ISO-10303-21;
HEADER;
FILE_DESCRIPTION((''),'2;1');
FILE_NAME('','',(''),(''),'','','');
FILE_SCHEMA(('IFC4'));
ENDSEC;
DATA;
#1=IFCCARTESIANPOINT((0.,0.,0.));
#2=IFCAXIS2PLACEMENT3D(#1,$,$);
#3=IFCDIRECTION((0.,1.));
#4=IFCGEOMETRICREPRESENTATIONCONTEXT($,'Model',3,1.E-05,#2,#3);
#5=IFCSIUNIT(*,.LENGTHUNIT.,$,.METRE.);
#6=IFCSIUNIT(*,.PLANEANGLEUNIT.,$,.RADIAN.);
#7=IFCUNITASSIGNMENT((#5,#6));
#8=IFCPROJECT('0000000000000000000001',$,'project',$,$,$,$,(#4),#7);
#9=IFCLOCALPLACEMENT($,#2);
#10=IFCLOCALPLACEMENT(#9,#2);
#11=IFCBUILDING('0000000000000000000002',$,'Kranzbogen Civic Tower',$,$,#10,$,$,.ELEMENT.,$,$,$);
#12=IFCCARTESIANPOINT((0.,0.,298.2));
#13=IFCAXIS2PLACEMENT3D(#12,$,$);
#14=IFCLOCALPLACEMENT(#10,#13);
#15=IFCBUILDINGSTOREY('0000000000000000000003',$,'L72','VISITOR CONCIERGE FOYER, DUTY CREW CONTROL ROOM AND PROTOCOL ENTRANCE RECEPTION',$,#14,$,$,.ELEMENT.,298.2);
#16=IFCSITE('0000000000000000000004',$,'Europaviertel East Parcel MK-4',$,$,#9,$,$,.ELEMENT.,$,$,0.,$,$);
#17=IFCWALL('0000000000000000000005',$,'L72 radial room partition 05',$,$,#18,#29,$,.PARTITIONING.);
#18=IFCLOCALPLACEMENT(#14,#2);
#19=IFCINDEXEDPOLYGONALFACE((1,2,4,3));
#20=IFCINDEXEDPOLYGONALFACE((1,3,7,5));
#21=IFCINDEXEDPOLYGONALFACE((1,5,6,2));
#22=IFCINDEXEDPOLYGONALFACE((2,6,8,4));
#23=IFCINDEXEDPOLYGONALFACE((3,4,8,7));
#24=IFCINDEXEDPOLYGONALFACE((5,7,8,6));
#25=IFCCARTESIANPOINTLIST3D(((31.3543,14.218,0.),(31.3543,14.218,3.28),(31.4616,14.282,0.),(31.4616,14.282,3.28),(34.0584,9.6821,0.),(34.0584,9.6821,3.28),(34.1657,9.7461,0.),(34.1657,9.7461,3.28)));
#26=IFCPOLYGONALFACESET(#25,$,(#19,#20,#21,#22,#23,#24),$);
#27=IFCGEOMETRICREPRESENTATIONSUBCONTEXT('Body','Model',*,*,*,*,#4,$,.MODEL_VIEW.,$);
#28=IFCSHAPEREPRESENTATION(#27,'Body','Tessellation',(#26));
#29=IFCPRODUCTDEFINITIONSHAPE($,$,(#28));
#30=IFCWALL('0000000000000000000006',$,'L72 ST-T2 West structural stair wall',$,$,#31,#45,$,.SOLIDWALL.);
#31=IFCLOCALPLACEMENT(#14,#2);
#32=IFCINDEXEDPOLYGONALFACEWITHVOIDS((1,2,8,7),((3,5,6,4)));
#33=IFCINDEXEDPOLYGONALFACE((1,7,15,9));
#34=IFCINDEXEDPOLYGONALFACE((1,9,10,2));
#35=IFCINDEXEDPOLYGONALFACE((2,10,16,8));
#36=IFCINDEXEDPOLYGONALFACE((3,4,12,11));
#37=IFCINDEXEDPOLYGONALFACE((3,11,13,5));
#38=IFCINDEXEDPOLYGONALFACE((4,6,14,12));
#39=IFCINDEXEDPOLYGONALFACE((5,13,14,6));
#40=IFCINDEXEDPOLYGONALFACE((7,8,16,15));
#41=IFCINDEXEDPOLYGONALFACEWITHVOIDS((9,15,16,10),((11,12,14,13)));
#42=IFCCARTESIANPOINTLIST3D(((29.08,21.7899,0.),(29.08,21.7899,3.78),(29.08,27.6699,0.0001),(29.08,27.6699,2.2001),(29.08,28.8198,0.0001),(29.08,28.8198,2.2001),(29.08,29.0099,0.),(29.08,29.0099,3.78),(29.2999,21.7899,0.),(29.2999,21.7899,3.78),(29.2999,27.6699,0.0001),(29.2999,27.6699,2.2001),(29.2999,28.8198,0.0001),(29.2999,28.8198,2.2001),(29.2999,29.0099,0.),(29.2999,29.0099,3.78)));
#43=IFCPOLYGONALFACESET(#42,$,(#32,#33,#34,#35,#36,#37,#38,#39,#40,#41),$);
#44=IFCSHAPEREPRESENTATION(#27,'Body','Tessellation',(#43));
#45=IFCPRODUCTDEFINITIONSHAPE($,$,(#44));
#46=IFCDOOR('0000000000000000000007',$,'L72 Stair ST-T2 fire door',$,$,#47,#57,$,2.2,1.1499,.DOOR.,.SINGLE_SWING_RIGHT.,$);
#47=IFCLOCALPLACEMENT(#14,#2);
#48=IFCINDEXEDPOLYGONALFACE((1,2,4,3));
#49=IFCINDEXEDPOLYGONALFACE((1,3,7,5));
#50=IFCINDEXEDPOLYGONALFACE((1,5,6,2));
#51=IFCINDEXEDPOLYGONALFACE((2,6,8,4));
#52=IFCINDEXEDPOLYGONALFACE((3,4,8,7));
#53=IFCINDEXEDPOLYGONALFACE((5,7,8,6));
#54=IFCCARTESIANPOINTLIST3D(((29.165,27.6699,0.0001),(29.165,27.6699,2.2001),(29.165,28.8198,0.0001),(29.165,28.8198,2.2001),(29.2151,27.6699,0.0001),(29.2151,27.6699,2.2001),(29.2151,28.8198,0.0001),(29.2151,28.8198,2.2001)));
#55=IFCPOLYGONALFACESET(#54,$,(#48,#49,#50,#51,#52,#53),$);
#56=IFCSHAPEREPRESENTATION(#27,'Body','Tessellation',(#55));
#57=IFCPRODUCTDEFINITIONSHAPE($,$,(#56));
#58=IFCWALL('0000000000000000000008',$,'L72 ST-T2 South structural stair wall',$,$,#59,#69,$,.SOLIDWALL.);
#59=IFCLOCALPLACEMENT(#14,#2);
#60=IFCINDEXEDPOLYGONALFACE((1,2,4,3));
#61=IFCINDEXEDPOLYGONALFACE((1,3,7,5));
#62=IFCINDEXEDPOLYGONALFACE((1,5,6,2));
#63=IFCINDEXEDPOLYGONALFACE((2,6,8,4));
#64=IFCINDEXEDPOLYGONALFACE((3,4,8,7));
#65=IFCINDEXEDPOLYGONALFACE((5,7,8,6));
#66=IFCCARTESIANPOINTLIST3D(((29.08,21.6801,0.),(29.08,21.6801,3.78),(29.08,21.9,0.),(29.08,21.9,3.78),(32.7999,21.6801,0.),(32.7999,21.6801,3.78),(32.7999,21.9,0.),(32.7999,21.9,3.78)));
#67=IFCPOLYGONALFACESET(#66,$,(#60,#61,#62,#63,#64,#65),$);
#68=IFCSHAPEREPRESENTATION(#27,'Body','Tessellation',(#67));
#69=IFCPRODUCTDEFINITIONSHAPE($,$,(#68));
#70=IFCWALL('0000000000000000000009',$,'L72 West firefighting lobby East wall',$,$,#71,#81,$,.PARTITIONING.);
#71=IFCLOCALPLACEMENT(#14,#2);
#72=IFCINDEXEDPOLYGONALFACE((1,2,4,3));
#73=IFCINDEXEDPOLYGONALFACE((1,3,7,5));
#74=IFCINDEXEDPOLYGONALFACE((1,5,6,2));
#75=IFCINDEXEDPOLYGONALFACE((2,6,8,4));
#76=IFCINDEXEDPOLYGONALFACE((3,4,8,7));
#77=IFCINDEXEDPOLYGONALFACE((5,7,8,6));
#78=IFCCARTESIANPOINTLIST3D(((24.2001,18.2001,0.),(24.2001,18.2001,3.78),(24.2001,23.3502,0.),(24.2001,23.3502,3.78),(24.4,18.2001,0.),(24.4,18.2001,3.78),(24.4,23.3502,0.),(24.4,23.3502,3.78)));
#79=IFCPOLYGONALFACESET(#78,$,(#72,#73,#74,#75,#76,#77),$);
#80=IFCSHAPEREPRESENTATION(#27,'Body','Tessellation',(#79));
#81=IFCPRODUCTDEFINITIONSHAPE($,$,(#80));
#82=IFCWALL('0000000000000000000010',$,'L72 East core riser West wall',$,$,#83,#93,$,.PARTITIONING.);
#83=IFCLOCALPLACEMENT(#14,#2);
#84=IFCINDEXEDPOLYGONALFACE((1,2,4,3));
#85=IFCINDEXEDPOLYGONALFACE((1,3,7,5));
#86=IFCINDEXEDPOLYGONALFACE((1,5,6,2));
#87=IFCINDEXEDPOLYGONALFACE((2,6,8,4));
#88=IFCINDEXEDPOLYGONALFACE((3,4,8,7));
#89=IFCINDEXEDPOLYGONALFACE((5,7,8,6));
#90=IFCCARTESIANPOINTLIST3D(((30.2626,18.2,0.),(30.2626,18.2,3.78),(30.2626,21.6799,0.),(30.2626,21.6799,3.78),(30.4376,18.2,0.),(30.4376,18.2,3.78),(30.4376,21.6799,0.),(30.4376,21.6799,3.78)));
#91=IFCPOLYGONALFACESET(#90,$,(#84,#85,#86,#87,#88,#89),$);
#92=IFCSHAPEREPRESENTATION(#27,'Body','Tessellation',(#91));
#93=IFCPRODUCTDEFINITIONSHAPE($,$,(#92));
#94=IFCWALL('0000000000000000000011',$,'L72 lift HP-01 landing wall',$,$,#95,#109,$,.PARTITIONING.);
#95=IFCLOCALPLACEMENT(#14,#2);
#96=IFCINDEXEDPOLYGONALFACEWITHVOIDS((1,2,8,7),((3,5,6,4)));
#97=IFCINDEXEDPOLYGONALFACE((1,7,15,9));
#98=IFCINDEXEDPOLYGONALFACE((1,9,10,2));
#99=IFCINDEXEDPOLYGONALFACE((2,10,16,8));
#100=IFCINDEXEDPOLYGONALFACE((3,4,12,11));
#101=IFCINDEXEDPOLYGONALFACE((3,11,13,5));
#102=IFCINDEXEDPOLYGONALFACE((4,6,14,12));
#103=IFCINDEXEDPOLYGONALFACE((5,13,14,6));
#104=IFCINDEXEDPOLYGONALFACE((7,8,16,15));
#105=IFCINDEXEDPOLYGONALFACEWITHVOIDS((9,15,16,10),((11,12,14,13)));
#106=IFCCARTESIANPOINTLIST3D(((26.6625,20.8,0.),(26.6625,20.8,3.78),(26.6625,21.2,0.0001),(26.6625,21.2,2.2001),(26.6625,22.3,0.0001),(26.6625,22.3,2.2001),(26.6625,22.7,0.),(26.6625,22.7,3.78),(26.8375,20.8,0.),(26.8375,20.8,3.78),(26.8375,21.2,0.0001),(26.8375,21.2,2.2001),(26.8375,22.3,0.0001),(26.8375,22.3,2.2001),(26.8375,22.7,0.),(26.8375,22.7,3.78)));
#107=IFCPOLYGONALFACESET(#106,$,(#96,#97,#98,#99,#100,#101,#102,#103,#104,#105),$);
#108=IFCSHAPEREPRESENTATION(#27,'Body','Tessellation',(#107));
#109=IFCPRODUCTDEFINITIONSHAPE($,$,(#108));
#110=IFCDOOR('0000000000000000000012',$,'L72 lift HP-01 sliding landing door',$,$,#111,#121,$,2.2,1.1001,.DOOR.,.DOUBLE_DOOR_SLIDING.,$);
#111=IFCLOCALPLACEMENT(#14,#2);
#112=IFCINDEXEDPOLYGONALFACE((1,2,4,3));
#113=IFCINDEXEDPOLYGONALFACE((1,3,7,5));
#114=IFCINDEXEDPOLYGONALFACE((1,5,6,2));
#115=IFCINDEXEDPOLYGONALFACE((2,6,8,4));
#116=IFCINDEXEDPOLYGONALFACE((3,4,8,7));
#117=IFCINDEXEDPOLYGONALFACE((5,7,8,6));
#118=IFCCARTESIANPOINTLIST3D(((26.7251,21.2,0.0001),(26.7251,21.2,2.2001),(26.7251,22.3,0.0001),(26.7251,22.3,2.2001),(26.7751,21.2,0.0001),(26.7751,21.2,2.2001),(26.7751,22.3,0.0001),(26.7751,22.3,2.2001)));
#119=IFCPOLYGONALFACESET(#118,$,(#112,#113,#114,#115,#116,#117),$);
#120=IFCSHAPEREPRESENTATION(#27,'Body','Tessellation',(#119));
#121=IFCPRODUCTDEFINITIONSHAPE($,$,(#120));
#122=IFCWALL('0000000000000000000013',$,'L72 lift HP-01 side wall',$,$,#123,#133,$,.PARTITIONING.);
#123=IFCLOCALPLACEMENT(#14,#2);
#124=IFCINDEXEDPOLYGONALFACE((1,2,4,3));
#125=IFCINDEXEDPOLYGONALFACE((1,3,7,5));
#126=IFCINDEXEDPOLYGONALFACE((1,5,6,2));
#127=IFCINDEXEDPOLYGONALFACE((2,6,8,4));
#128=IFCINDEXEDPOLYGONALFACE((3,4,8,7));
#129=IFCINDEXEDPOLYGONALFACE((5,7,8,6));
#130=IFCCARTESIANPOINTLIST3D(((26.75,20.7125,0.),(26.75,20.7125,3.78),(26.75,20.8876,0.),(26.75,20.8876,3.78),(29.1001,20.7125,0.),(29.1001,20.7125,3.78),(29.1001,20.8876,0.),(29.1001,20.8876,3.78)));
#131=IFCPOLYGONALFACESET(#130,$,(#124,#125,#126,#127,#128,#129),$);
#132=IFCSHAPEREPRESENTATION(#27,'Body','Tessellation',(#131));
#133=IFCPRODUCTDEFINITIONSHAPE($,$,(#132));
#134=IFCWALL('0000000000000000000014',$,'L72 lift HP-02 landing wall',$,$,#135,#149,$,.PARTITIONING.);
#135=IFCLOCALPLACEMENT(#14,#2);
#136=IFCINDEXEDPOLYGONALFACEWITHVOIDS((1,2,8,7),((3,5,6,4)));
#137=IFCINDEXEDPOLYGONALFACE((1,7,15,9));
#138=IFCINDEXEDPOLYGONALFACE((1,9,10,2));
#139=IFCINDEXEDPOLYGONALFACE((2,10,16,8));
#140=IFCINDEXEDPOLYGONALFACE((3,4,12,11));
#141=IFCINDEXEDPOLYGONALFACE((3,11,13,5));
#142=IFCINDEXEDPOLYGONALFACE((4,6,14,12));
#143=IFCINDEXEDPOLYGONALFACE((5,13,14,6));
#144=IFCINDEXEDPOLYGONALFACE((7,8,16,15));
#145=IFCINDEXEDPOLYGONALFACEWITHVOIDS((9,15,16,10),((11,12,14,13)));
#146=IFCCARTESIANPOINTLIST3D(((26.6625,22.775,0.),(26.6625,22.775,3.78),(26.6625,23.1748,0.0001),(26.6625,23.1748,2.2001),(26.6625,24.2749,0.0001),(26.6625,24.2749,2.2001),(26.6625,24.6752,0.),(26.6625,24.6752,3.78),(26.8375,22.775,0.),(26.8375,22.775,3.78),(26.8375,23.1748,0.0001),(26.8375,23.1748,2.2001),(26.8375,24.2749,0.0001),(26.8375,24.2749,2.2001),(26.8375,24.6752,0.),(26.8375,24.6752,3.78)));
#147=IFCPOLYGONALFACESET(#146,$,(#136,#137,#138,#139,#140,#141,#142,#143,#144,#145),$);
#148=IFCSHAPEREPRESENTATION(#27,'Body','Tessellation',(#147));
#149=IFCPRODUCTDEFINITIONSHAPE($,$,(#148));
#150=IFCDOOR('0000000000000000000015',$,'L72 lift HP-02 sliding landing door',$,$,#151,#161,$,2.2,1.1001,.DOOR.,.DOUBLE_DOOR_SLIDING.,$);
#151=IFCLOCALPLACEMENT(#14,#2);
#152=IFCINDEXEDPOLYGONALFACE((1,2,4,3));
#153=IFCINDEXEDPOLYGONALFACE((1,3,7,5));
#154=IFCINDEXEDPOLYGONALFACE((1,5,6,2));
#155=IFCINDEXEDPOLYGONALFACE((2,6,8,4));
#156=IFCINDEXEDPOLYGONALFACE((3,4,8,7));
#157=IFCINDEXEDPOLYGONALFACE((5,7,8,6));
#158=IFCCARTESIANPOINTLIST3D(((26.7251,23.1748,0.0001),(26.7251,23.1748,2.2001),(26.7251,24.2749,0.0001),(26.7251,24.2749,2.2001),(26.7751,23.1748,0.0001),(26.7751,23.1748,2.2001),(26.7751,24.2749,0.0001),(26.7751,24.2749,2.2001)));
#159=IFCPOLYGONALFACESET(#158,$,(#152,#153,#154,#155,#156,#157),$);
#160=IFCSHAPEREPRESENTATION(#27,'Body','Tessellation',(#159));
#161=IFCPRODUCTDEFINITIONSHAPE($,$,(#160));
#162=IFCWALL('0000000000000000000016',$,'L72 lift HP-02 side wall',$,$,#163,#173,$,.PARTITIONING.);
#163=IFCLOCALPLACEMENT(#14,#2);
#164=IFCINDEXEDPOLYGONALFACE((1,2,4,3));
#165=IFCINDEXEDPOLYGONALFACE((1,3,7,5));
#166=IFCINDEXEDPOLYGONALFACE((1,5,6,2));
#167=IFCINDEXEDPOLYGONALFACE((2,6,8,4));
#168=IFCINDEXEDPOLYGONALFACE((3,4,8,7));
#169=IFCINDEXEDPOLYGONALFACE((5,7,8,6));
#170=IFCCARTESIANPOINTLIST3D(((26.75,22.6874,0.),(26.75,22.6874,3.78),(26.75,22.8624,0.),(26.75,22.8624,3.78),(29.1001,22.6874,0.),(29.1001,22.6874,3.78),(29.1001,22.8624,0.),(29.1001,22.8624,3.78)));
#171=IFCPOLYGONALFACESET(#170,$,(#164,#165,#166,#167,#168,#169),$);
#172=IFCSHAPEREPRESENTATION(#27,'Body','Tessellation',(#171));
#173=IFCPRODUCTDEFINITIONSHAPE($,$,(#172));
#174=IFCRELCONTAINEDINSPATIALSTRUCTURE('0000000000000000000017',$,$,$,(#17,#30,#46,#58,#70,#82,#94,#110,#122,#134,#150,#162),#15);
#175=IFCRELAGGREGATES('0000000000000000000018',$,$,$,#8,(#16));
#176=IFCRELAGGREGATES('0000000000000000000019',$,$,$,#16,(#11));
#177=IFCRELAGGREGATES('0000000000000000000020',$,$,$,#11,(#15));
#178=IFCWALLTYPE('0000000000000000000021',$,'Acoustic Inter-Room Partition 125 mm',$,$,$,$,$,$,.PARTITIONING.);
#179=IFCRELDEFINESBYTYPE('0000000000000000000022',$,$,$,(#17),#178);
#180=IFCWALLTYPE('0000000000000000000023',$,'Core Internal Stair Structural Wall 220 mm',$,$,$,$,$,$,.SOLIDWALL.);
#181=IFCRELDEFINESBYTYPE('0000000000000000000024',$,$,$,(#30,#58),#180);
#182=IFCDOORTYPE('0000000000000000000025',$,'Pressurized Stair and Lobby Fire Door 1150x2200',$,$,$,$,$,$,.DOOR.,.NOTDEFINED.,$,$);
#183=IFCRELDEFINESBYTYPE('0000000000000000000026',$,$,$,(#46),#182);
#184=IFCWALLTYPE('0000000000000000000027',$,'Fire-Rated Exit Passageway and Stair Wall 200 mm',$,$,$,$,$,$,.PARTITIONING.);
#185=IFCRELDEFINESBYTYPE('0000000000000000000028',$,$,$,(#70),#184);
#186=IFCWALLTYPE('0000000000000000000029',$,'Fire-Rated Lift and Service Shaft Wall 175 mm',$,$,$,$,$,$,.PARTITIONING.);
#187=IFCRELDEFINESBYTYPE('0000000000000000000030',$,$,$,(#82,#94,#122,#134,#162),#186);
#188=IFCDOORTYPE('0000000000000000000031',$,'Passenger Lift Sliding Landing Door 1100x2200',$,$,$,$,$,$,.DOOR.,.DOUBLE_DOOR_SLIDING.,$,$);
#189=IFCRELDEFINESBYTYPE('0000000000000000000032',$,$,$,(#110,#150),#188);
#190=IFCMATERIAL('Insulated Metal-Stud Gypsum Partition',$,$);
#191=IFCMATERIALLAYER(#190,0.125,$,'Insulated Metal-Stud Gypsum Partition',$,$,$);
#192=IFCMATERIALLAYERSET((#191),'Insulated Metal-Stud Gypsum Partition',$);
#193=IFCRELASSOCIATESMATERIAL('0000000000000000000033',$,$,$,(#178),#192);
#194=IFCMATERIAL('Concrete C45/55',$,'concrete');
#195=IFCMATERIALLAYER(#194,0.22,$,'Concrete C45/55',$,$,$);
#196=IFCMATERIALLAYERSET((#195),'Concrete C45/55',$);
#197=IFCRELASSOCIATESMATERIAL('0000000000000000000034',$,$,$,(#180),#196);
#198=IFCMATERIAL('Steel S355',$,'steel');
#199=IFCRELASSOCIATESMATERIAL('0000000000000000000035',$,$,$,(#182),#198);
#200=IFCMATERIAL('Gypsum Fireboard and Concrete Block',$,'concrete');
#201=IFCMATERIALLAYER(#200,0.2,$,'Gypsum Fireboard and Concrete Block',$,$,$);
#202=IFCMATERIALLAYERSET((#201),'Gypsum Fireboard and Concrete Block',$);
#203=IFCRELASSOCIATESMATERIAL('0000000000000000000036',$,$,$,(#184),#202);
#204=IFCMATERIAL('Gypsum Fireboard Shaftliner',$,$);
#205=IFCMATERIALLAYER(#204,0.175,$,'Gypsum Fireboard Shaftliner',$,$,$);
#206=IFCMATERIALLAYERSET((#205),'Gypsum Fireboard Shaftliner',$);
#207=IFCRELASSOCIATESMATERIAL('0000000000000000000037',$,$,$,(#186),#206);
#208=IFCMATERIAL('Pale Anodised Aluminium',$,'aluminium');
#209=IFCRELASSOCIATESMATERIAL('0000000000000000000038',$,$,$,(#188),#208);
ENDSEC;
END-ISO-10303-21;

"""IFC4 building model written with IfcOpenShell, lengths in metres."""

from ifc_helpers import new_model, si_unit, direction, frame, frame_2d, origin, place, context, subcontext, project, spatial, rectangle, extrude, material, layer, layer_set, type_object, element, fill, save


model = new_model("IFC4")

# Units and contexts
model_context = context("Model", 3, precision=1e-05, world=origin(), true_north=direction((0.0, 1.0)))
body_context = subcontext(model_context, "Body", "Model", "MODEL_VIEW")
ifc_project = project(units=[si_unit("LENGTHUNIT", "METRE"), si_unit("PLANEANGLEUNIT", "RADIAN")], contexts=[model_context])

# Site, building, storey
site_placement = place(None, origin())
site = spatial("IfcSite", under=ifc_project, at=site_placement, Name="Europaviertel East Parcel MK-4", CompositionType="ELEMENT", RefElevation=0.0)
building_placement = place(site_placement, origin())
building = spatial("IfcBuilding", under=site, at=building_placement, Name="Kranzbogen Civic Tower", CompositionType="ELEMENT")
storey_placement = place(building_placement, frame((0.0, 0.0, 298.2)))
storey = spatial("IfcBuildingStorey", under=building, at=storey_placement, Name="L72", Description="VISITOR CONCIERGE FOYER, DUTY CREW CONTROL ROOM AND PROTOCOL ENTRANCE RECEPTION", CompositionType="ELEMENT", Elevation=298.2)

# Shared definitions
ifc_material_1 = material(Name="Steel S355", Category="steel")

# Shared definitions
ifc_material_2 = material(Name="Pale Anodised Aluminium", Category="aluminium")

# Wall
ifc_material_3 = material(Name="Insulated Metal-Stud Gypsum Partition")
ifc_layer_1 = layer(ifc_material_3, 0.125, Name="Insulated Metal-Stud Gypsum Partition")
ifc_layer_set_1 = layer_set([ifc_layer_1], Name="Insulated Metal-Stud Gypsum Partition")
wall_type_1 = type_object("IfcWallType", Name="Acoustic Inter-Room Partition 125 mm", PredefinedType="PARTITIONING", material=ifc_layer_set_1)
wall_1_placement = place(storey_placement, frame((31.408, 14.25, 0.0), z_axis=(0.0, 0.0, 1.0), x_axis=(0.512067, -0.858946, 0.0)))
element("IfcWall", 1, at=wall_1_placement, inside=storey, type_object=wall_type_1, Name="L72 radial room partition 05", PredefinedType="PARTITIONING", context=body_context, shape_type="SweptSolid", body=[
    extrude(rectangle(XDim=5.2808, YDim=0.125, at=frame_2d((2.6404, 0.0))), origin(), (0.0, 0.0, 1.0), 3.28),
])

# Wall, opening, door
ifc_material_4 = material(Name="Concrete C45/55", Category="concrete")
ifc_layer_2 = layer(ifc_material_4, 0.22, Name="Concrete C45/55")
ifc_layer_set_2 = layer_set([ifc_layer_2], Name="Concrete C45/55")
wall_type_2 = type_object("IfcWallType", Name="Core Internal Stair Structural Wall 220 mm", PredefinedType="SOLIDWALL", material=ifc_layer_set_2)
wall_2_placement = place(storey_placement, frame((29.1899, 21.79, 0.0), z_axis=(0.0, 0.0, 1.0), x_axis=(0.0, 1.0, 0.0)))
wall_2 = element("IfcWall", 2, at=wall_2_placement, inside=storey, type_object=wall_type_2, Name="L72 ST-T2 West structural stair wall", PredefinedType="SOLIDWALL", context=body_context, shape_type="SweptSolid", body=[
    extrude(rectangle(XDim=7.22, YDim=0.22, at=frame_2d((3.6099, 0.0))), origin(), (0.0, 0.0, 1.0), 3.78),
])
opening_1_placement = place(wall_2_placement, frame((5.8799, 0.0, 0.0)))
opening_1 = element("IfcOpeningElement", 3, at=opening_1_placement, cuts=wall_2, PredefinedType="OPENING", context=body_context, shape_type="SweptSolid", body=[
    extrude(rectangle(XDim=1.1499, YDim=2.2, at=frame_2d((0.575, 1.1001))), frame((0.0, 0.1201, 0.0), z_axis=(0.0, -1.0, 0.0), x_axis=(1.0, 0.0, 0.0)), (0.0, 0.0, 1.0), 0.24),
])
door_type_1 = type_object("IfcDoorType", Name="Pressurized Stair and Lobby Fire Door 1150x2200", OperationType="NOTDEFINED", PredefinedType="DOOR", material=ifc_material_1)
door_1_placement = place(opening_1_placement, origin())
door_1 = element("IfcDoor", 4, at=door_1_placement, inside=storey, type_object=door_type_1, Name="L72 Stair ST-T2 fire door", OperationType="SINGLE_SWING_RIGHT", OverallHeight=2.2, OverallWidth=1.1499, PredefinedType="DOOR", context=body_context, shape_type="SweptSolid", body=[
    extrude(rectangle(XDim=1.1499, YDim=2.2, at=frame_2d((0.575, 1.1001))), frame((0.0, 0.0249, 0.0), z_axis=(0.0, -1.0, 0.0), x_axis=(1.0, 0.0, 0.0)), (0.0, 0.0, 1.0), 0.05),
])
fill(opening_1, door_1)

# Walls
wall_3_placement = place(storey_placement, frame((29.0801, 21.79, 0.0), z_axis=(0.0, 0.0, 1.0), x_axis=(1.0, 0.0, 0.0)))
element("IfcWall", 5, at=wall_3_placement, inside=storey, type_object=wall_type_2, Name="L72 ST-T2 South structural stair wall", PredefinedType="SOLIDWALL", context=body_context, shape_type="SweptSolid", body=[
    extrude(rectangle(XDim=3.72, YDim=0.22, at=frame_2d((1.8599, 0.0))), origin(), (0.0, 0.0, 1.0), 3.78),
])
ifc_material_5 = material(Name="Gypsum Fireboard and Concrete Block", Category="concrete")
ifc_layer_3 = layer(ifc_material_5, 0.2, Name="Gypsum Fireboard and Concrete Block")
ifc_layer_set_3 = layer_set([ifc_layer_3], Name="Gypsum Fireboard and Concrete Block")
wall_type_3 = type_object("IfcWallType", Name="Fire-Rated Exit Passageway and Stair Wall 200 mm", PredefinedType="PARTITIONING", material=ifc_layer_set_3)
wall_4_placement = place(storey_placement, frame((24.3, 18.2, 0.0), z_axis=(0.0, 0.0, 1.0), x_axis=(0.0, 1.0, 0.0)))
element("IfcWall", 6, at=wall_4_placement, inside=storey, type_object=wall_type_3, Name="L72 West firefighting lobby East wall", PredefinedType="PARTITIONING", context=body_context, shape_type="SweptSolid", body=[
    extrude(rectangle(XDim=5.1501, YDim=0.2, at=frame_2d((2.5752, 0.0))), origin(), (0.0, 0.0, 1.0), 3.78),
])
ifc_material_6 = material(Name="Gypsum Fireboard Shaftliner")
ifc_layer_4 = layer(ifc_material_6, 0.175, Name="Gypsum Fireboard Shaftliner")
ifc_layer_set_4 = layer_set([ifc_layer_4], Name="Gypsum Fireboard Shaftliner")
wall_type_4 = type_object("IfcWallType", Name="Fire-Rated Lift and Service Shaft Wall 175 mm", PredefinedType="PARTITIONING", material=ifc_layer_set_4)
wall_5_placement = place(storey_placement, frame((30.3501, 18.2, 0.0), z_axis=(0.0, 0.0, 1.0), x_axis=(0.0, 1.0, 0.0)))
element("IfcWall", 7, at=wall_5_placement, inside=storey, type_object=wall_type_4, Name="L72 East core riser West wall", PredefinedType="PARTITIONING", context=body_context, shape_type="SweptSolid", body=[
    extrude(rectangle(XDim=3.48, YDim=0.175, at=frame_2d((1.74, 0.0))), origin(), (0.0, 0.0, 1.0), 3.78),
])

# Wall, opening, door
wall_6_placement = place(storey_placement, frame((26.75, 20.8, 0.0), z_axis=(0.0, 0.0, 1.0), x_axis=(0.0, 1.0, 0.0)))
wall_6 = element("IfcWall", 8, at=wall_6_placement, inside=storey, type_object=wall_type_4, Name="L72 lift HP-01 landing wall", PredefinedType="PARTITIONING", context=body_context, shape_type="SweptSolid", body=[
    extrude(rectangle(XDim=1.8999, YDim=0.175, at=frame_2d((0.95, 0.0))), origin(), (0.0, 0.0, 1.0), 3.78),
])
opening_2_placement = place(wall_6_placement, frame((0.3999, 0.0, 0.0)))
opening_2 = element("IfcOpeningElement", 9, at=opening_2_placement, cuts=wall_6, PredefinedType="OPENING", context=body_context, shape_type="SweptSolid", body=[
    extrude(rectangle(XDim=1.1001, YDim=2.2, at=frame_2d((0.55, 1.1001))), frame((0.0, 0.0977, 0.0), z_axis=(0.0, -1.0, 0.0), x_axis=(1.0, 0.0, 0.0)), (0.0, 0.0, 1.0), 0.1951),
])
door_type_2 = type_object("IfcDoorType", Name="Passenger Lift Sliding Landing Door 1100x2200", OperationType="DOUBLE_DOOR_SLIDING", PredefinedType="DOOR", material=ifc_material_2)
door_2_placement = place(opening_2_placement, origin())
door_2 = element("IfcDoor", 10, at=door_2_placement, inside=storey, type_object=door_type_2, Name="L72 lift HP-01 sliding landing door", OperationType="DOUBLE_DOOR_SLIDING", OverallHeight=2.2, OverallWidth=1.1001, PredefinedType="DOOR", context=body_context, shape_type="SweptSolid", body=[
    extrude(rectangle(XDim=1.1001, YDim=2.2, at=frame_2d((0.55, 1.1001))), frame((0.0, 0.0249, 0.0), z_axis=(0.0, -1.0, 0.0), x_axis=(1.0, 0.0, 0.0)), (0.0, 0.0, 1.0), 0.05),
])
fill(opening_2, door_2)

# Wall
wall_7_placement = place(storey_placement, frame((26.75, 20.8, 0.0), z_axis=(0.0, 0.0, 1.0), x_axis=(1.0, 0.0, 0.0)))
element("IfcWall", 11, at=wall_7_placement, inside=storey, type_object=wall_type_4, Name="L72 lift HP-01 side wall", PredefinedType="PARTITIONING", context=body_context, shape_type="SweptSolid", body=[
    extrude(rectangle(XDim=2.3501, YDim=0.175, at=frame_2d((1.175, 0.0))), origin(), (0.0, 0.0, 1.0), 3.78),
])

# Wall, opening, door
wall_8_placement = place(storey_placement, frame((26.75, 22.7749, 0.0), z_axis=(0.0, 0.0, 1.0), x_axis=(0.0, 1.0, 0.0)))
wall_8 = element("IfcWall", 12, at=wall_8_placement, inside=storey, type_object=wall_type_4, Name="L72 lift HP-02 landing wall", PredefinedType="PARTITIONING", context=body_context, shape_type="SweptSolid", body=[
    extrude(rectangle(XDim=1.9001, YDim=0.175, at=frame_2d((0.9502, 0.0))), origin(), (0.0, 0.0, 1.0), 3.78),
])
opening_3_placement = place(wall_8_placement, frame((0.3999, 0.0, 0.0)))
opening_3 = element("IfcOpeningElement", 13, at=opening_3_placement, cuts=wall_8, PredefinedType="OPENING", context=body_context, shape_type="SweptSolid", body=[
    extrude(rectangle(XDim=1.1001, YDim=2.2, at=frame_2d((0.55, 1.1001))), frame((0.0, 0.0977, 0.0), z_axis=(0.0, -1.0, 0.0), x_axis=(1.0, 0.0, 0.0)), (0.0, 0.0, 1.0), 0.1951),
])
door_3_placement = place(opening_3_placement, origin())
door_3 = element("IfcDoor", 14, at=door_3_placement, inside=storey, type_object=door_type_2, Name="L72 lift HP-02 sliding landing door", OperationType="DOUBLE_DOOR_SLIDING", OverallHeight=2.2, OverallWidth=1.1001, PredefinedType="DOOR", context=body_context, shape_type="SweptSolid", body=[
    extrude(rectangle(XDim=1.1001, YDim=2.2, at=frame_2d((0.55, 1.1001))), frame((0.0, 0.0249, 0.0), z_axis=(0.0, -1.0, 0.0), x_axis=(1.0, 0.0, 0.0)), (0.0, 0.0, 1.0), 0.05),
])
fill(opening_3, door_3)

# Wall
wall_9_placement = place(storey_placement, frame((26.75, 22.7749, 0.0), z_axis=(0.0, 0.0, 1.0), x_axis=(1.0, 0.0, 0.0)))
element("IfcWall", 15, at=wall_9_placement, inside=storey, type_object=wall_type_4, Name="L72 lift HP-02 side wall", PredefinedType="PARTITIONING", context=body_context, shape_type="SweptSolid", body=[
    extrude(rectangle(XDim=2.3501, YDim=0.175, at=frame_2d((1.175, 0.0))), origin(), (0.0, 0.0, 1.0), 3.78),
])

save(model, "model.ifc")
